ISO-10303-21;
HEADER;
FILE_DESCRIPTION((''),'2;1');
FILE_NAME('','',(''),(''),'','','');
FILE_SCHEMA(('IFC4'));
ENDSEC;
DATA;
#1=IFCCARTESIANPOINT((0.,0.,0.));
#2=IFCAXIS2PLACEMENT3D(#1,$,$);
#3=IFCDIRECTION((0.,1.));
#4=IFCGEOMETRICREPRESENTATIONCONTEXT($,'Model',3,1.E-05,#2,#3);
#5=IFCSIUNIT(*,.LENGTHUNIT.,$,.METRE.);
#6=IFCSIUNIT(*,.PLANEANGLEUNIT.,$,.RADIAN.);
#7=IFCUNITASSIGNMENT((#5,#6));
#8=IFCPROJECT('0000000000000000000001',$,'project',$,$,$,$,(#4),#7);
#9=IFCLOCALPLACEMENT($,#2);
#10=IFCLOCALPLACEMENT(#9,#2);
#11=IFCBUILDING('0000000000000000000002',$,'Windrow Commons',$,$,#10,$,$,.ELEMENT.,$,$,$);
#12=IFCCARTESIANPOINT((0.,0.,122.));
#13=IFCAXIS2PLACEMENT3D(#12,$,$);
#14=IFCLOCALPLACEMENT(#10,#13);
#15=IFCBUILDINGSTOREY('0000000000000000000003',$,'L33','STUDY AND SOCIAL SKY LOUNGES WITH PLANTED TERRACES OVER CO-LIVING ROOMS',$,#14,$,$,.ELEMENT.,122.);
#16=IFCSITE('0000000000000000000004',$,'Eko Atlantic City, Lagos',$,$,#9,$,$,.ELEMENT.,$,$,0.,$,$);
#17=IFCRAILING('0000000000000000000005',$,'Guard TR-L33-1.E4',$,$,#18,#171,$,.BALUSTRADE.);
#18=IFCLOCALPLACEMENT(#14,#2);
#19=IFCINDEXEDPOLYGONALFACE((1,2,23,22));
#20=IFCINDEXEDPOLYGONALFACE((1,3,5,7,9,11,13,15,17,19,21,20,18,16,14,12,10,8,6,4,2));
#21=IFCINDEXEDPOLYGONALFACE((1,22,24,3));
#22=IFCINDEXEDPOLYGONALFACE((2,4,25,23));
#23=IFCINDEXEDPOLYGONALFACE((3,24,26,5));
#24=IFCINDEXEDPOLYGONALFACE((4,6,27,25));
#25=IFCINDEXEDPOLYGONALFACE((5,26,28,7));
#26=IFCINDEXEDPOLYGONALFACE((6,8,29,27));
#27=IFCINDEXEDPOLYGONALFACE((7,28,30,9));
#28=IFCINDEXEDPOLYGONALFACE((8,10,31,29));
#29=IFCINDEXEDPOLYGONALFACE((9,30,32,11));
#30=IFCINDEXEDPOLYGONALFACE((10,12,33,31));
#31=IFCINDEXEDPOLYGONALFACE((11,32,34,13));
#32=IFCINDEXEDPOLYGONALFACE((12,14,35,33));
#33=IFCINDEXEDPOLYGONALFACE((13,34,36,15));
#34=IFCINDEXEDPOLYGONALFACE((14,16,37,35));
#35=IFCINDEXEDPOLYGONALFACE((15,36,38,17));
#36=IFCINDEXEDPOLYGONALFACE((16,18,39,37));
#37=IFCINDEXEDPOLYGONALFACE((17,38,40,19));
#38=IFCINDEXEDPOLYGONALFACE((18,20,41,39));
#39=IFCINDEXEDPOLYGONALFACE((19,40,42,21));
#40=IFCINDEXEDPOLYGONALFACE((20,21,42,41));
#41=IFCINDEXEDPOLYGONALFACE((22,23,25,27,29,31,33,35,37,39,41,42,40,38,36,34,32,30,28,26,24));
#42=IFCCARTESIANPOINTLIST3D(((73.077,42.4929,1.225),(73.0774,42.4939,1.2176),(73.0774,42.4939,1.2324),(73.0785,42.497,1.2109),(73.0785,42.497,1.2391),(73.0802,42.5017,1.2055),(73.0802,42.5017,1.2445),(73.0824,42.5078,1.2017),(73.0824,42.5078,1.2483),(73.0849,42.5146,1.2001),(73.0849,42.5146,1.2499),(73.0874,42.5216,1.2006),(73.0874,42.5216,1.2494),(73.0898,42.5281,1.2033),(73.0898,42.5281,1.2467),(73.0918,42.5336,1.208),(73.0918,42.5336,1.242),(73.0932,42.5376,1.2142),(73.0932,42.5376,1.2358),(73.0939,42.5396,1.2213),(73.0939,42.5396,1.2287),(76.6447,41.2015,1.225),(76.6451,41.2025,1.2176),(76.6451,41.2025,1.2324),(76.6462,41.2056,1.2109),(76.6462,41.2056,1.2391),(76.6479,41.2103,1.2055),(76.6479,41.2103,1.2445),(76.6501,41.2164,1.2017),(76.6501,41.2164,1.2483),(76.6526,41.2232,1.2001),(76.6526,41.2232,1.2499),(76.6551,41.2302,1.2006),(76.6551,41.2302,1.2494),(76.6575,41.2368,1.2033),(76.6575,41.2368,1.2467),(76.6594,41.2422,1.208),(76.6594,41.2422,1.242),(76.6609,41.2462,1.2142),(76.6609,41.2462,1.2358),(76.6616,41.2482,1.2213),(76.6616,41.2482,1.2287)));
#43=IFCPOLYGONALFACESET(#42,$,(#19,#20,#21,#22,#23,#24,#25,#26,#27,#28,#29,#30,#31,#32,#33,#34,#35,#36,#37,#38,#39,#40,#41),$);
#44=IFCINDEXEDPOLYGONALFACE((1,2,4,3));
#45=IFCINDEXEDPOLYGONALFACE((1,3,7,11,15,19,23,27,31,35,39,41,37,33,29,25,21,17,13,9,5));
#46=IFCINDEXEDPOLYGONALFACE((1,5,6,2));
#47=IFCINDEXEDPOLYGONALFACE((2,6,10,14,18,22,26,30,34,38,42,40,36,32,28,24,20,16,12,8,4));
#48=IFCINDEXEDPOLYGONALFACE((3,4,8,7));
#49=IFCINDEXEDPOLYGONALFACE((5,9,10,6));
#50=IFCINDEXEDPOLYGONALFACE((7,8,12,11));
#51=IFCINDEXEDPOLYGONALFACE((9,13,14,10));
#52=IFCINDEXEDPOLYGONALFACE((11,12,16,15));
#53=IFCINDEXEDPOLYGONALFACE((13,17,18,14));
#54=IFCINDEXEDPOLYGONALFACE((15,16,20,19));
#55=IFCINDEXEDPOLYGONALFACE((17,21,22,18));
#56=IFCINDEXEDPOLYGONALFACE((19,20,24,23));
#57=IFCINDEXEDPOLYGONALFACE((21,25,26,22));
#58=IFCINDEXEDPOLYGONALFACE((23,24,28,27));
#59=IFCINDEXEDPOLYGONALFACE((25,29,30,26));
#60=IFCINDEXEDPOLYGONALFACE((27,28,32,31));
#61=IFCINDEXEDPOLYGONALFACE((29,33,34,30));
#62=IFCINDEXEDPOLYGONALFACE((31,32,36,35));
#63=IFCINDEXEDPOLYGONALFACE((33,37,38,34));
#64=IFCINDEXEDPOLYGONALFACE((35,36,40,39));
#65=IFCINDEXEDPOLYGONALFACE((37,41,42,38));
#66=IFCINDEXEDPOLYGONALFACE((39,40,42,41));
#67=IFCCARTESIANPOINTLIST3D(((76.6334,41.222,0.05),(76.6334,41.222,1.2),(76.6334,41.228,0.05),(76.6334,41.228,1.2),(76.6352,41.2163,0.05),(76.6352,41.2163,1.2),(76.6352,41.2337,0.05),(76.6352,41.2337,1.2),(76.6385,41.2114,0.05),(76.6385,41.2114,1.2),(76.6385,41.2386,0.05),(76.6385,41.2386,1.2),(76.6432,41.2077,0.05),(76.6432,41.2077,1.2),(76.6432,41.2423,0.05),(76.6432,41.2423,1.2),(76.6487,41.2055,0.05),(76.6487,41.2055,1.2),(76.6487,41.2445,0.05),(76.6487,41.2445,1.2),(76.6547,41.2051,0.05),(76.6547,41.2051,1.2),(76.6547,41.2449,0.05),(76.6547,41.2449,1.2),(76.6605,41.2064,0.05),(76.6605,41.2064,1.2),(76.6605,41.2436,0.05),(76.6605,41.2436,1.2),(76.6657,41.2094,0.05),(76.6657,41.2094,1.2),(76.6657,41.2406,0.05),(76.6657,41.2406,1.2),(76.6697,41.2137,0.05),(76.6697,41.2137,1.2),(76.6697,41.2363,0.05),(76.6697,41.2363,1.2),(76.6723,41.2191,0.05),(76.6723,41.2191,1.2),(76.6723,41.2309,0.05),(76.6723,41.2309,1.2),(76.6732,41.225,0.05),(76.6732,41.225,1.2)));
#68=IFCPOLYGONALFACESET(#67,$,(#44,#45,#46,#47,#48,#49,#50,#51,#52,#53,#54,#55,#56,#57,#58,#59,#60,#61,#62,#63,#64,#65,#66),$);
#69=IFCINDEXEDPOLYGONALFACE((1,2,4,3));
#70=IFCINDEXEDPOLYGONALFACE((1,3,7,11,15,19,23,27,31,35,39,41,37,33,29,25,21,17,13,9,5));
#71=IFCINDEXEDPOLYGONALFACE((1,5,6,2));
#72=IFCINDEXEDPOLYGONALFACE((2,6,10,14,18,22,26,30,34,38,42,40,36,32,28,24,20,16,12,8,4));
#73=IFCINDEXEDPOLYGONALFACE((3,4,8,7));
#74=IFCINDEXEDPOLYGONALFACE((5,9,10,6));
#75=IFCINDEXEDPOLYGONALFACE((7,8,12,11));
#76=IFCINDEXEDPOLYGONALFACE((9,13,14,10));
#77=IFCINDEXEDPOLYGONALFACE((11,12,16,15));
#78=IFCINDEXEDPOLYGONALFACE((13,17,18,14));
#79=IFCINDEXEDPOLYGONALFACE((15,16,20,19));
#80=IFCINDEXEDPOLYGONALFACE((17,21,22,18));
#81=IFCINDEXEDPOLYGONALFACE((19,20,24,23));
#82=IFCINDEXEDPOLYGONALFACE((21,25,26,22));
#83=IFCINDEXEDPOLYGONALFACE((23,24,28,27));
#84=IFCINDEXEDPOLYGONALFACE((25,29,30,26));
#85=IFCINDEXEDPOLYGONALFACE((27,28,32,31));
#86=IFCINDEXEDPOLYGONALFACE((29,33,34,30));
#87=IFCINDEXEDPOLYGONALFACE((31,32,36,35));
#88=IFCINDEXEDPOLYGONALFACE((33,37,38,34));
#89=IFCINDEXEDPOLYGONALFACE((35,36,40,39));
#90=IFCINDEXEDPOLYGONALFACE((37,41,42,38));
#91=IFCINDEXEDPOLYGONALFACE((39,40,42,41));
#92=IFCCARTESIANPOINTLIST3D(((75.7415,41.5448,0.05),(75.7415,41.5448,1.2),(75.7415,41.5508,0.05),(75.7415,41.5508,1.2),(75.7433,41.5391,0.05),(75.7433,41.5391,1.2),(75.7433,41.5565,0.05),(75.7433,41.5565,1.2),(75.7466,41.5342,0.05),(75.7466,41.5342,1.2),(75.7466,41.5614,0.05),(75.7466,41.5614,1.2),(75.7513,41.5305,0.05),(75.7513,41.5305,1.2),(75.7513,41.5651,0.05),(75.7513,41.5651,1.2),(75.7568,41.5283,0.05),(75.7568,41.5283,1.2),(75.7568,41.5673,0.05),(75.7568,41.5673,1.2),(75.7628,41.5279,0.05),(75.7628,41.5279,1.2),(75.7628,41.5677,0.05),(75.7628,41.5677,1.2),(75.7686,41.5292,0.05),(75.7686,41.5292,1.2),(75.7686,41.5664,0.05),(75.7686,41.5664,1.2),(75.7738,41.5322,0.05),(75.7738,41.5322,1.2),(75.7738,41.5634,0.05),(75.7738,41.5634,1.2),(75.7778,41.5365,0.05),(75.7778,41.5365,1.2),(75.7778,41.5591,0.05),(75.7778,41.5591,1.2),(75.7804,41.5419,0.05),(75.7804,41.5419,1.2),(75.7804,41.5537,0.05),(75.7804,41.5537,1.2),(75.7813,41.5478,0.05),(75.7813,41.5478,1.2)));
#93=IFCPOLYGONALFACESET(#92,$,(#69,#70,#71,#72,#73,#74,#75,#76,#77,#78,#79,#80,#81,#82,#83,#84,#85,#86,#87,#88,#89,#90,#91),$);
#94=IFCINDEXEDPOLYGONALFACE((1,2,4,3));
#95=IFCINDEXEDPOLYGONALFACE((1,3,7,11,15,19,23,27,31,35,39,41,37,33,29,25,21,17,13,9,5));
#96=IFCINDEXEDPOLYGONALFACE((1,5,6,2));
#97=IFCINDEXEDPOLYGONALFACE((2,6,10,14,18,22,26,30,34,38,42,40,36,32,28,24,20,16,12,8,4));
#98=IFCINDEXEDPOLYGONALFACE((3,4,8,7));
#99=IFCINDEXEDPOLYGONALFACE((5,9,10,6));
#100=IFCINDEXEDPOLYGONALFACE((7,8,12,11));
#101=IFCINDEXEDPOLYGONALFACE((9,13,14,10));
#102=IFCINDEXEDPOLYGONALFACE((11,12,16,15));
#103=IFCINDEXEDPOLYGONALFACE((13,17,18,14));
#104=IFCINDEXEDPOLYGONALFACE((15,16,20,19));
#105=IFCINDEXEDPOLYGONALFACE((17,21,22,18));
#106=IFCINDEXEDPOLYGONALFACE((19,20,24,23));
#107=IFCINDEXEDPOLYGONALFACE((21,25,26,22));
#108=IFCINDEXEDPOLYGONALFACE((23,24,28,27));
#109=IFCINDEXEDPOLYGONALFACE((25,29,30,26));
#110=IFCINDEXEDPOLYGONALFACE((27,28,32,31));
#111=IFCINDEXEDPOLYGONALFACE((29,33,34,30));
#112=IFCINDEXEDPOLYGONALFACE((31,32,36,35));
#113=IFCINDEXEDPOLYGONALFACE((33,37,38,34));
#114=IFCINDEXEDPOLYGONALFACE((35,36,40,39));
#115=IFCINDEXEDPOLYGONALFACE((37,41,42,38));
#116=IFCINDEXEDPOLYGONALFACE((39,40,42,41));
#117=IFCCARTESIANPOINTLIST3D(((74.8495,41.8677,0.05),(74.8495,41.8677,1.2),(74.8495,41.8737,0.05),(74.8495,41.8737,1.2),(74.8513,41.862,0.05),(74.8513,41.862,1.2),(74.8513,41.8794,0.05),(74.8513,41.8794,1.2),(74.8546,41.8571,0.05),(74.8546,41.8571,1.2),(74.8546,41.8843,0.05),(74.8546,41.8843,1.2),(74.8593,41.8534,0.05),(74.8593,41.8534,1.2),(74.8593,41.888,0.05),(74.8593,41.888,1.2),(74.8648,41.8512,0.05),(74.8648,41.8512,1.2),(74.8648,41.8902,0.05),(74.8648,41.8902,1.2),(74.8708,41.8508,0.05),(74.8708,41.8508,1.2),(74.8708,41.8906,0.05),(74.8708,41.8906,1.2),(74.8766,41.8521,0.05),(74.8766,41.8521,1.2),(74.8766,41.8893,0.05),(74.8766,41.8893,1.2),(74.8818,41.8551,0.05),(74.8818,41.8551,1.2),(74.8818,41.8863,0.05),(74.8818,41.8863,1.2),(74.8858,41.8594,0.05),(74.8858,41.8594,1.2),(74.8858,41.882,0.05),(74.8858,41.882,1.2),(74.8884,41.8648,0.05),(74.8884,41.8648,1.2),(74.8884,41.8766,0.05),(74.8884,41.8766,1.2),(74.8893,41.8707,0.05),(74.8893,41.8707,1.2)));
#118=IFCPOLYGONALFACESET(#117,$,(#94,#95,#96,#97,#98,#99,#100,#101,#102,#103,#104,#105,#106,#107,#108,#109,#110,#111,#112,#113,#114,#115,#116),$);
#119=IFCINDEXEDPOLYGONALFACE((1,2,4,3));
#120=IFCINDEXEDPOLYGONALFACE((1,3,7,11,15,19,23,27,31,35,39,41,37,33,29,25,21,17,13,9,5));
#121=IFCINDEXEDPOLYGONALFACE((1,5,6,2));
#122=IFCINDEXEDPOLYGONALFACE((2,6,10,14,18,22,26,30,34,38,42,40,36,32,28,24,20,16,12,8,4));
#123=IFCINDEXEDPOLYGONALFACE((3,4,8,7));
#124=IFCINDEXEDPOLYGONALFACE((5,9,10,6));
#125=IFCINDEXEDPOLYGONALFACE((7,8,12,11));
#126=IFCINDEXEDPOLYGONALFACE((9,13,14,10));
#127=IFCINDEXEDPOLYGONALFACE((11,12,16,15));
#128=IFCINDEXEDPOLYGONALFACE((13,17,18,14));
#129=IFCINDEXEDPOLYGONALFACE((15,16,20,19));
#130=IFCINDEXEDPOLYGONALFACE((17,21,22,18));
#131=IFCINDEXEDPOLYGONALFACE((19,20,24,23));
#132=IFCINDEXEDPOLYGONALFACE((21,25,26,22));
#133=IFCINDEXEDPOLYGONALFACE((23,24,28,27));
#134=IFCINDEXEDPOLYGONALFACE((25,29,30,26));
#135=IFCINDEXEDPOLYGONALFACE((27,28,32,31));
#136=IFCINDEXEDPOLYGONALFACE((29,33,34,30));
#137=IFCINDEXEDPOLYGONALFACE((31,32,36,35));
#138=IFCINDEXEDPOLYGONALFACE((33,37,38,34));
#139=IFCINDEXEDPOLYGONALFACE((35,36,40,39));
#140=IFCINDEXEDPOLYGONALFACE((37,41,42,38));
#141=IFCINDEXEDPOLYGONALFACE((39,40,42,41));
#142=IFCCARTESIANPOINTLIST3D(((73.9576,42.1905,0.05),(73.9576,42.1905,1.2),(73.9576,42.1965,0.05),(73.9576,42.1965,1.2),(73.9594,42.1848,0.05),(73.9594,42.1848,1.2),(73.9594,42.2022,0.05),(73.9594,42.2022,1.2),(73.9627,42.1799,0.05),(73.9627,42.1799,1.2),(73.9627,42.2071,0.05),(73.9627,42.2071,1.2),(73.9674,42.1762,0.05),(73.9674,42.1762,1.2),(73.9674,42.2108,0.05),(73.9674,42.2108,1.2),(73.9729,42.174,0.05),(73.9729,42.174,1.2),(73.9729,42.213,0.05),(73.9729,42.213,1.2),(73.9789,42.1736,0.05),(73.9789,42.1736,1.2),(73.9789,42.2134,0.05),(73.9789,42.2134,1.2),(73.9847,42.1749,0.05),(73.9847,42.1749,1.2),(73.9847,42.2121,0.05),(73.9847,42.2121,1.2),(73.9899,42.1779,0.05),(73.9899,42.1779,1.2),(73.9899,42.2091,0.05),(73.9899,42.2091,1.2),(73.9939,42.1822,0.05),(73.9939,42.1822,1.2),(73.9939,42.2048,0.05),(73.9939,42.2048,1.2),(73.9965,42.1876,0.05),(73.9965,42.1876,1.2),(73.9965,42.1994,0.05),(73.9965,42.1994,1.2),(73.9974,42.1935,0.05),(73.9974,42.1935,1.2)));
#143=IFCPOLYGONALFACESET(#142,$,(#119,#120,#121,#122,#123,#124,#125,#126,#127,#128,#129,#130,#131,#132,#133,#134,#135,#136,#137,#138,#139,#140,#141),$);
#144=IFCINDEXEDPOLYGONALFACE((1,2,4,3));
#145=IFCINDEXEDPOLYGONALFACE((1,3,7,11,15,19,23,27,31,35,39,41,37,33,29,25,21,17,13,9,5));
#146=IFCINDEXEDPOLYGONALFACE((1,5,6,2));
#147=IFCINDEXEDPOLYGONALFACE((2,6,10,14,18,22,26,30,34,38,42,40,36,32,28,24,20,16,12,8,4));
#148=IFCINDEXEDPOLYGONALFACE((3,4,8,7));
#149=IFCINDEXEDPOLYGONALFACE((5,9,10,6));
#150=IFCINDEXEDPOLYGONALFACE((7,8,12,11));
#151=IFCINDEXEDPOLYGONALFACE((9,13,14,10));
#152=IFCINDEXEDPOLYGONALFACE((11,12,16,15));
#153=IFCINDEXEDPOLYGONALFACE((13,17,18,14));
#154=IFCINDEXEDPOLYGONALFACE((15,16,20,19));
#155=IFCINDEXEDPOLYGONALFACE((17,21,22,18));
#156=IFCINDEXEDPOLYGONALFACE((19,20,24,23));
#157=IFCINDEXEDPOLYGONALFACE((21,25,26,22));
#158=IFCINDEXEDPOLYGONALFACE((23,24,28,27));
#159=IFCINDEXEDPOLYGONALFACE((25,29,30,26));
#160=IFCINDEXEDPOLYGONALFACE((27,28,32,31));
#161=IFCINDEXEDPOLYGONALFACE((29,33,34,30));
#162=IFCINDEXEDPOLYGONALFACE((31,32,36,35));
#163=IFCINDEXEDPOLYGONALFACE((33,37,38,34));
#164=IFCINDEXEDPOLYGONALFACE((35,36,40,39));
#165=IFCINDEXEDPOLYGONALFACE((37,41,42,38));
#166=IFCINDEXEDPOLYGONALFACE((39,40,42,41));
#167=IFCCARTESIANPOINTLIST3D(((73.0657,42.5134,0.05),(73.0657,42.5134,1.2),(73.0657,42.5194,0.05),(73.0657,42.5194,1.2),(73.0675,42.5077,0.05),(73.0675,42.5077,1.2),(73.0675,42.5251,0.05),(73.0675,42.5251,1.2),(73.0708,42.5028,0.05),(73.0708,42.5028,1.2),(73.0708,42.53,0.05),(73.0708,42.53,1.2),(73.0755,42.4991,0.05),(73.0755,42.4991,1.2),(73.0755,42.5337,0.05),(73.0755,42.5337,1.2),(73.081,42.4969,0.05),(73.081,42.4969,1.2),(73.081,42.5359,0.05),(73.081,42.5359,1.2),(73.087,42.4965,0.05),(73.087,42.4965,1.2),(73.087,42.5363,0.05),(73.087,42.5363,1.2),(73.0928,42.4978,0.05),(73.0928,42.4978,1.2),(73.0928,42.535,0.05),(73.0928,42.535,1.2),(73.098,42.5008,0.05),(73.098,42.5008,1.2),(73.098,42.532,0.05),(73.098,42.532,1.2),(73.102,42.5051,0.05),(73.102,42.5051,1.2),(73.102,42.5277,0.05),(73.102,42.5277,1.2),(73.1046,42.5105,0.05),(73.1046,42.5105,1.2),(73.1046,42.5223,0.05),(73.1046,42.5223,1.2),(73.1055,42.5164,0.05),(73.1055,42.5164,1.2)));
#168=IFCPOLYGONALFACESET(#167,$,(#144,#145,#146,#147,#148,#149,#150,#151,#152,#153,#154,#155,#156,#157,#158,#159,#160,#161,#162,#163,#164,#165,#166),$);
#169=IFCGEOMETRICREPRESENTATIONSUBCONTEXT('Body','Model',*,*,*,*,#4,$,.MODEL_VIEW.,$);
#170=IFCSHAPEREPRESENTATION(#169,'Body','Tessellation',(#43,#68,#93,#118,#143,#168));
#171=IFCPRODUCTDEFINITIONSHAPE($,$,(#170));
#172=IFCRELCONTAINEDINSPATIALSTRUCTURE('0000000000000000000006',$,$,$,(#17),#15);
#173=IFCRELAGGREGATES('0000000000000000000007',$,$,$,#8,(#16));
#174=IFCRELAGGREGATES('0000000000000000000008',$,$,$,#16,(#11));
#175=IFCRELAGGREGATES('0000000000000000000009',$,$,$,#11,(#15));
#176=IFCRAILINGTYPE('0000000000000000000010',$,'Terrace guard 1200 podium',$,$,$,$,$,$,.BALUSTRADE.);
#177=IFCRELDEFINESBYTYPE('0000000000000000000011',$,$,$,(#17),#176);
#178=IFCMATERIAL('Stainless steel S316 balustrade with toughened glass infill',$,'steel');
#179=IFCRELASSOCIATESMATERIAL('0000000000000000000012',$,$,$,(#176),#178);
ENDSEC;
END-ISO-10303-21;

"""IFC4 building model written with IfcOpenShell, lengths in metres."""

from ifc_helpers import new_model, si_unit, direction, frame, origin, origin_2d, place, context, subcontext, project, spatial, circle, extrude, material, type_object, element, save


model = new_model("IFC4")

# Units and contexts
model_context = context("Model", 3, precision=1e-05, world=origin(), true_north=direction((0.0, 1.0)))
body_context = subcontext(model_context, "Body", "Model", "MODEL_VIEW")
ifc_project = project(units=[si_unit("LENGTHUNIT", "METRE"), si_unit("PLANEANGLEUNIT", "RADIAN")], contexts=[model_context])

# Site, building, storey
site_placement = place(None, origin())
site = spatial("IfcSite", under=ifc_project, at=site_placement, Name="Eko Atlantic City, Lagos", CompositionType="ELEMENT", RefElevation=0.0)
building_placement = place(site_placement, origin())
building = spatial("IfcBuilding", under=site, at=building_placement, Name="Windrow Commons", CompositionType="ELEMENT")
storey_placement = place(building_placement, frame((0.0, 0.0, 122.0)))
storey = spatial("IfcBuildingStorey", under=building, at=storey_placement, Name="L33", Description="STUDY AND SOCIAL SKY LOUNGES WITH PLANTED TERRACES OVER CO-LIVING ROOMS", CompositionType="ELEMENT", Elevation=122.0)

# Railing
ifc_material_1 = material(Name="Stainless steel S316 balustrade with toughened glass infill", Category="steel")
railing_type_1 = type_object("IfcRailingType", Name="Terrace guard 1200 podium", PredefinedType="BALUSTRADE", material=ifc_material_1)
railing_1_placement = place(storey_placement, frame((76.6532, 41.225, 0.05)))
element("IfcRailing", 1, at=railing_1_placement, inside=storey, type_object=railing_type_1, Name="Guard TR-L33-1.E4", PredefinedType="BALUSTRADE", context=body_context, shape_type="SweptSolid", body=[
    extrude(circle(Radius=0.025, at=origin_2d()), frame((0.0, 0.0, 1.175), z_axis=(-0.940296, 0.340359, 0.0), x_axis=(-0.340359, -0.940296, 0.0)), (0.0, 0.0, 1.0), 3.7942),
    extrude(circle(Radius=0.02, at=origin_2d()), origin(), (0.0, 0.0, 1.0), 1.15),
    extrude(circle(Radius=0.02, at=origin_2d()), frame((-0.8919, 0.3228, 0.0)), (0.0, 0.0, 1.0), 1.15),
    extrude(circle(Radius=0.02, at=origin_2d()), frame((-1.7839, 0.6457, 0.0)), (0.0, 0.0, 1.0), 1.15),
    extrude(circle(Radius=0.02, at=origin_2d()), frame((-2.6758, 0.9685, 0.0)), (0.0, 0.0, 1.0), 1.15),
    extrude(circle(Radius=0.02, at=origin_2d()), frame((-3.5677, 1.2914, 0.0)), (0.0, 0.0, 1.0), 1.15),
])

save(model, "model.ifc")
